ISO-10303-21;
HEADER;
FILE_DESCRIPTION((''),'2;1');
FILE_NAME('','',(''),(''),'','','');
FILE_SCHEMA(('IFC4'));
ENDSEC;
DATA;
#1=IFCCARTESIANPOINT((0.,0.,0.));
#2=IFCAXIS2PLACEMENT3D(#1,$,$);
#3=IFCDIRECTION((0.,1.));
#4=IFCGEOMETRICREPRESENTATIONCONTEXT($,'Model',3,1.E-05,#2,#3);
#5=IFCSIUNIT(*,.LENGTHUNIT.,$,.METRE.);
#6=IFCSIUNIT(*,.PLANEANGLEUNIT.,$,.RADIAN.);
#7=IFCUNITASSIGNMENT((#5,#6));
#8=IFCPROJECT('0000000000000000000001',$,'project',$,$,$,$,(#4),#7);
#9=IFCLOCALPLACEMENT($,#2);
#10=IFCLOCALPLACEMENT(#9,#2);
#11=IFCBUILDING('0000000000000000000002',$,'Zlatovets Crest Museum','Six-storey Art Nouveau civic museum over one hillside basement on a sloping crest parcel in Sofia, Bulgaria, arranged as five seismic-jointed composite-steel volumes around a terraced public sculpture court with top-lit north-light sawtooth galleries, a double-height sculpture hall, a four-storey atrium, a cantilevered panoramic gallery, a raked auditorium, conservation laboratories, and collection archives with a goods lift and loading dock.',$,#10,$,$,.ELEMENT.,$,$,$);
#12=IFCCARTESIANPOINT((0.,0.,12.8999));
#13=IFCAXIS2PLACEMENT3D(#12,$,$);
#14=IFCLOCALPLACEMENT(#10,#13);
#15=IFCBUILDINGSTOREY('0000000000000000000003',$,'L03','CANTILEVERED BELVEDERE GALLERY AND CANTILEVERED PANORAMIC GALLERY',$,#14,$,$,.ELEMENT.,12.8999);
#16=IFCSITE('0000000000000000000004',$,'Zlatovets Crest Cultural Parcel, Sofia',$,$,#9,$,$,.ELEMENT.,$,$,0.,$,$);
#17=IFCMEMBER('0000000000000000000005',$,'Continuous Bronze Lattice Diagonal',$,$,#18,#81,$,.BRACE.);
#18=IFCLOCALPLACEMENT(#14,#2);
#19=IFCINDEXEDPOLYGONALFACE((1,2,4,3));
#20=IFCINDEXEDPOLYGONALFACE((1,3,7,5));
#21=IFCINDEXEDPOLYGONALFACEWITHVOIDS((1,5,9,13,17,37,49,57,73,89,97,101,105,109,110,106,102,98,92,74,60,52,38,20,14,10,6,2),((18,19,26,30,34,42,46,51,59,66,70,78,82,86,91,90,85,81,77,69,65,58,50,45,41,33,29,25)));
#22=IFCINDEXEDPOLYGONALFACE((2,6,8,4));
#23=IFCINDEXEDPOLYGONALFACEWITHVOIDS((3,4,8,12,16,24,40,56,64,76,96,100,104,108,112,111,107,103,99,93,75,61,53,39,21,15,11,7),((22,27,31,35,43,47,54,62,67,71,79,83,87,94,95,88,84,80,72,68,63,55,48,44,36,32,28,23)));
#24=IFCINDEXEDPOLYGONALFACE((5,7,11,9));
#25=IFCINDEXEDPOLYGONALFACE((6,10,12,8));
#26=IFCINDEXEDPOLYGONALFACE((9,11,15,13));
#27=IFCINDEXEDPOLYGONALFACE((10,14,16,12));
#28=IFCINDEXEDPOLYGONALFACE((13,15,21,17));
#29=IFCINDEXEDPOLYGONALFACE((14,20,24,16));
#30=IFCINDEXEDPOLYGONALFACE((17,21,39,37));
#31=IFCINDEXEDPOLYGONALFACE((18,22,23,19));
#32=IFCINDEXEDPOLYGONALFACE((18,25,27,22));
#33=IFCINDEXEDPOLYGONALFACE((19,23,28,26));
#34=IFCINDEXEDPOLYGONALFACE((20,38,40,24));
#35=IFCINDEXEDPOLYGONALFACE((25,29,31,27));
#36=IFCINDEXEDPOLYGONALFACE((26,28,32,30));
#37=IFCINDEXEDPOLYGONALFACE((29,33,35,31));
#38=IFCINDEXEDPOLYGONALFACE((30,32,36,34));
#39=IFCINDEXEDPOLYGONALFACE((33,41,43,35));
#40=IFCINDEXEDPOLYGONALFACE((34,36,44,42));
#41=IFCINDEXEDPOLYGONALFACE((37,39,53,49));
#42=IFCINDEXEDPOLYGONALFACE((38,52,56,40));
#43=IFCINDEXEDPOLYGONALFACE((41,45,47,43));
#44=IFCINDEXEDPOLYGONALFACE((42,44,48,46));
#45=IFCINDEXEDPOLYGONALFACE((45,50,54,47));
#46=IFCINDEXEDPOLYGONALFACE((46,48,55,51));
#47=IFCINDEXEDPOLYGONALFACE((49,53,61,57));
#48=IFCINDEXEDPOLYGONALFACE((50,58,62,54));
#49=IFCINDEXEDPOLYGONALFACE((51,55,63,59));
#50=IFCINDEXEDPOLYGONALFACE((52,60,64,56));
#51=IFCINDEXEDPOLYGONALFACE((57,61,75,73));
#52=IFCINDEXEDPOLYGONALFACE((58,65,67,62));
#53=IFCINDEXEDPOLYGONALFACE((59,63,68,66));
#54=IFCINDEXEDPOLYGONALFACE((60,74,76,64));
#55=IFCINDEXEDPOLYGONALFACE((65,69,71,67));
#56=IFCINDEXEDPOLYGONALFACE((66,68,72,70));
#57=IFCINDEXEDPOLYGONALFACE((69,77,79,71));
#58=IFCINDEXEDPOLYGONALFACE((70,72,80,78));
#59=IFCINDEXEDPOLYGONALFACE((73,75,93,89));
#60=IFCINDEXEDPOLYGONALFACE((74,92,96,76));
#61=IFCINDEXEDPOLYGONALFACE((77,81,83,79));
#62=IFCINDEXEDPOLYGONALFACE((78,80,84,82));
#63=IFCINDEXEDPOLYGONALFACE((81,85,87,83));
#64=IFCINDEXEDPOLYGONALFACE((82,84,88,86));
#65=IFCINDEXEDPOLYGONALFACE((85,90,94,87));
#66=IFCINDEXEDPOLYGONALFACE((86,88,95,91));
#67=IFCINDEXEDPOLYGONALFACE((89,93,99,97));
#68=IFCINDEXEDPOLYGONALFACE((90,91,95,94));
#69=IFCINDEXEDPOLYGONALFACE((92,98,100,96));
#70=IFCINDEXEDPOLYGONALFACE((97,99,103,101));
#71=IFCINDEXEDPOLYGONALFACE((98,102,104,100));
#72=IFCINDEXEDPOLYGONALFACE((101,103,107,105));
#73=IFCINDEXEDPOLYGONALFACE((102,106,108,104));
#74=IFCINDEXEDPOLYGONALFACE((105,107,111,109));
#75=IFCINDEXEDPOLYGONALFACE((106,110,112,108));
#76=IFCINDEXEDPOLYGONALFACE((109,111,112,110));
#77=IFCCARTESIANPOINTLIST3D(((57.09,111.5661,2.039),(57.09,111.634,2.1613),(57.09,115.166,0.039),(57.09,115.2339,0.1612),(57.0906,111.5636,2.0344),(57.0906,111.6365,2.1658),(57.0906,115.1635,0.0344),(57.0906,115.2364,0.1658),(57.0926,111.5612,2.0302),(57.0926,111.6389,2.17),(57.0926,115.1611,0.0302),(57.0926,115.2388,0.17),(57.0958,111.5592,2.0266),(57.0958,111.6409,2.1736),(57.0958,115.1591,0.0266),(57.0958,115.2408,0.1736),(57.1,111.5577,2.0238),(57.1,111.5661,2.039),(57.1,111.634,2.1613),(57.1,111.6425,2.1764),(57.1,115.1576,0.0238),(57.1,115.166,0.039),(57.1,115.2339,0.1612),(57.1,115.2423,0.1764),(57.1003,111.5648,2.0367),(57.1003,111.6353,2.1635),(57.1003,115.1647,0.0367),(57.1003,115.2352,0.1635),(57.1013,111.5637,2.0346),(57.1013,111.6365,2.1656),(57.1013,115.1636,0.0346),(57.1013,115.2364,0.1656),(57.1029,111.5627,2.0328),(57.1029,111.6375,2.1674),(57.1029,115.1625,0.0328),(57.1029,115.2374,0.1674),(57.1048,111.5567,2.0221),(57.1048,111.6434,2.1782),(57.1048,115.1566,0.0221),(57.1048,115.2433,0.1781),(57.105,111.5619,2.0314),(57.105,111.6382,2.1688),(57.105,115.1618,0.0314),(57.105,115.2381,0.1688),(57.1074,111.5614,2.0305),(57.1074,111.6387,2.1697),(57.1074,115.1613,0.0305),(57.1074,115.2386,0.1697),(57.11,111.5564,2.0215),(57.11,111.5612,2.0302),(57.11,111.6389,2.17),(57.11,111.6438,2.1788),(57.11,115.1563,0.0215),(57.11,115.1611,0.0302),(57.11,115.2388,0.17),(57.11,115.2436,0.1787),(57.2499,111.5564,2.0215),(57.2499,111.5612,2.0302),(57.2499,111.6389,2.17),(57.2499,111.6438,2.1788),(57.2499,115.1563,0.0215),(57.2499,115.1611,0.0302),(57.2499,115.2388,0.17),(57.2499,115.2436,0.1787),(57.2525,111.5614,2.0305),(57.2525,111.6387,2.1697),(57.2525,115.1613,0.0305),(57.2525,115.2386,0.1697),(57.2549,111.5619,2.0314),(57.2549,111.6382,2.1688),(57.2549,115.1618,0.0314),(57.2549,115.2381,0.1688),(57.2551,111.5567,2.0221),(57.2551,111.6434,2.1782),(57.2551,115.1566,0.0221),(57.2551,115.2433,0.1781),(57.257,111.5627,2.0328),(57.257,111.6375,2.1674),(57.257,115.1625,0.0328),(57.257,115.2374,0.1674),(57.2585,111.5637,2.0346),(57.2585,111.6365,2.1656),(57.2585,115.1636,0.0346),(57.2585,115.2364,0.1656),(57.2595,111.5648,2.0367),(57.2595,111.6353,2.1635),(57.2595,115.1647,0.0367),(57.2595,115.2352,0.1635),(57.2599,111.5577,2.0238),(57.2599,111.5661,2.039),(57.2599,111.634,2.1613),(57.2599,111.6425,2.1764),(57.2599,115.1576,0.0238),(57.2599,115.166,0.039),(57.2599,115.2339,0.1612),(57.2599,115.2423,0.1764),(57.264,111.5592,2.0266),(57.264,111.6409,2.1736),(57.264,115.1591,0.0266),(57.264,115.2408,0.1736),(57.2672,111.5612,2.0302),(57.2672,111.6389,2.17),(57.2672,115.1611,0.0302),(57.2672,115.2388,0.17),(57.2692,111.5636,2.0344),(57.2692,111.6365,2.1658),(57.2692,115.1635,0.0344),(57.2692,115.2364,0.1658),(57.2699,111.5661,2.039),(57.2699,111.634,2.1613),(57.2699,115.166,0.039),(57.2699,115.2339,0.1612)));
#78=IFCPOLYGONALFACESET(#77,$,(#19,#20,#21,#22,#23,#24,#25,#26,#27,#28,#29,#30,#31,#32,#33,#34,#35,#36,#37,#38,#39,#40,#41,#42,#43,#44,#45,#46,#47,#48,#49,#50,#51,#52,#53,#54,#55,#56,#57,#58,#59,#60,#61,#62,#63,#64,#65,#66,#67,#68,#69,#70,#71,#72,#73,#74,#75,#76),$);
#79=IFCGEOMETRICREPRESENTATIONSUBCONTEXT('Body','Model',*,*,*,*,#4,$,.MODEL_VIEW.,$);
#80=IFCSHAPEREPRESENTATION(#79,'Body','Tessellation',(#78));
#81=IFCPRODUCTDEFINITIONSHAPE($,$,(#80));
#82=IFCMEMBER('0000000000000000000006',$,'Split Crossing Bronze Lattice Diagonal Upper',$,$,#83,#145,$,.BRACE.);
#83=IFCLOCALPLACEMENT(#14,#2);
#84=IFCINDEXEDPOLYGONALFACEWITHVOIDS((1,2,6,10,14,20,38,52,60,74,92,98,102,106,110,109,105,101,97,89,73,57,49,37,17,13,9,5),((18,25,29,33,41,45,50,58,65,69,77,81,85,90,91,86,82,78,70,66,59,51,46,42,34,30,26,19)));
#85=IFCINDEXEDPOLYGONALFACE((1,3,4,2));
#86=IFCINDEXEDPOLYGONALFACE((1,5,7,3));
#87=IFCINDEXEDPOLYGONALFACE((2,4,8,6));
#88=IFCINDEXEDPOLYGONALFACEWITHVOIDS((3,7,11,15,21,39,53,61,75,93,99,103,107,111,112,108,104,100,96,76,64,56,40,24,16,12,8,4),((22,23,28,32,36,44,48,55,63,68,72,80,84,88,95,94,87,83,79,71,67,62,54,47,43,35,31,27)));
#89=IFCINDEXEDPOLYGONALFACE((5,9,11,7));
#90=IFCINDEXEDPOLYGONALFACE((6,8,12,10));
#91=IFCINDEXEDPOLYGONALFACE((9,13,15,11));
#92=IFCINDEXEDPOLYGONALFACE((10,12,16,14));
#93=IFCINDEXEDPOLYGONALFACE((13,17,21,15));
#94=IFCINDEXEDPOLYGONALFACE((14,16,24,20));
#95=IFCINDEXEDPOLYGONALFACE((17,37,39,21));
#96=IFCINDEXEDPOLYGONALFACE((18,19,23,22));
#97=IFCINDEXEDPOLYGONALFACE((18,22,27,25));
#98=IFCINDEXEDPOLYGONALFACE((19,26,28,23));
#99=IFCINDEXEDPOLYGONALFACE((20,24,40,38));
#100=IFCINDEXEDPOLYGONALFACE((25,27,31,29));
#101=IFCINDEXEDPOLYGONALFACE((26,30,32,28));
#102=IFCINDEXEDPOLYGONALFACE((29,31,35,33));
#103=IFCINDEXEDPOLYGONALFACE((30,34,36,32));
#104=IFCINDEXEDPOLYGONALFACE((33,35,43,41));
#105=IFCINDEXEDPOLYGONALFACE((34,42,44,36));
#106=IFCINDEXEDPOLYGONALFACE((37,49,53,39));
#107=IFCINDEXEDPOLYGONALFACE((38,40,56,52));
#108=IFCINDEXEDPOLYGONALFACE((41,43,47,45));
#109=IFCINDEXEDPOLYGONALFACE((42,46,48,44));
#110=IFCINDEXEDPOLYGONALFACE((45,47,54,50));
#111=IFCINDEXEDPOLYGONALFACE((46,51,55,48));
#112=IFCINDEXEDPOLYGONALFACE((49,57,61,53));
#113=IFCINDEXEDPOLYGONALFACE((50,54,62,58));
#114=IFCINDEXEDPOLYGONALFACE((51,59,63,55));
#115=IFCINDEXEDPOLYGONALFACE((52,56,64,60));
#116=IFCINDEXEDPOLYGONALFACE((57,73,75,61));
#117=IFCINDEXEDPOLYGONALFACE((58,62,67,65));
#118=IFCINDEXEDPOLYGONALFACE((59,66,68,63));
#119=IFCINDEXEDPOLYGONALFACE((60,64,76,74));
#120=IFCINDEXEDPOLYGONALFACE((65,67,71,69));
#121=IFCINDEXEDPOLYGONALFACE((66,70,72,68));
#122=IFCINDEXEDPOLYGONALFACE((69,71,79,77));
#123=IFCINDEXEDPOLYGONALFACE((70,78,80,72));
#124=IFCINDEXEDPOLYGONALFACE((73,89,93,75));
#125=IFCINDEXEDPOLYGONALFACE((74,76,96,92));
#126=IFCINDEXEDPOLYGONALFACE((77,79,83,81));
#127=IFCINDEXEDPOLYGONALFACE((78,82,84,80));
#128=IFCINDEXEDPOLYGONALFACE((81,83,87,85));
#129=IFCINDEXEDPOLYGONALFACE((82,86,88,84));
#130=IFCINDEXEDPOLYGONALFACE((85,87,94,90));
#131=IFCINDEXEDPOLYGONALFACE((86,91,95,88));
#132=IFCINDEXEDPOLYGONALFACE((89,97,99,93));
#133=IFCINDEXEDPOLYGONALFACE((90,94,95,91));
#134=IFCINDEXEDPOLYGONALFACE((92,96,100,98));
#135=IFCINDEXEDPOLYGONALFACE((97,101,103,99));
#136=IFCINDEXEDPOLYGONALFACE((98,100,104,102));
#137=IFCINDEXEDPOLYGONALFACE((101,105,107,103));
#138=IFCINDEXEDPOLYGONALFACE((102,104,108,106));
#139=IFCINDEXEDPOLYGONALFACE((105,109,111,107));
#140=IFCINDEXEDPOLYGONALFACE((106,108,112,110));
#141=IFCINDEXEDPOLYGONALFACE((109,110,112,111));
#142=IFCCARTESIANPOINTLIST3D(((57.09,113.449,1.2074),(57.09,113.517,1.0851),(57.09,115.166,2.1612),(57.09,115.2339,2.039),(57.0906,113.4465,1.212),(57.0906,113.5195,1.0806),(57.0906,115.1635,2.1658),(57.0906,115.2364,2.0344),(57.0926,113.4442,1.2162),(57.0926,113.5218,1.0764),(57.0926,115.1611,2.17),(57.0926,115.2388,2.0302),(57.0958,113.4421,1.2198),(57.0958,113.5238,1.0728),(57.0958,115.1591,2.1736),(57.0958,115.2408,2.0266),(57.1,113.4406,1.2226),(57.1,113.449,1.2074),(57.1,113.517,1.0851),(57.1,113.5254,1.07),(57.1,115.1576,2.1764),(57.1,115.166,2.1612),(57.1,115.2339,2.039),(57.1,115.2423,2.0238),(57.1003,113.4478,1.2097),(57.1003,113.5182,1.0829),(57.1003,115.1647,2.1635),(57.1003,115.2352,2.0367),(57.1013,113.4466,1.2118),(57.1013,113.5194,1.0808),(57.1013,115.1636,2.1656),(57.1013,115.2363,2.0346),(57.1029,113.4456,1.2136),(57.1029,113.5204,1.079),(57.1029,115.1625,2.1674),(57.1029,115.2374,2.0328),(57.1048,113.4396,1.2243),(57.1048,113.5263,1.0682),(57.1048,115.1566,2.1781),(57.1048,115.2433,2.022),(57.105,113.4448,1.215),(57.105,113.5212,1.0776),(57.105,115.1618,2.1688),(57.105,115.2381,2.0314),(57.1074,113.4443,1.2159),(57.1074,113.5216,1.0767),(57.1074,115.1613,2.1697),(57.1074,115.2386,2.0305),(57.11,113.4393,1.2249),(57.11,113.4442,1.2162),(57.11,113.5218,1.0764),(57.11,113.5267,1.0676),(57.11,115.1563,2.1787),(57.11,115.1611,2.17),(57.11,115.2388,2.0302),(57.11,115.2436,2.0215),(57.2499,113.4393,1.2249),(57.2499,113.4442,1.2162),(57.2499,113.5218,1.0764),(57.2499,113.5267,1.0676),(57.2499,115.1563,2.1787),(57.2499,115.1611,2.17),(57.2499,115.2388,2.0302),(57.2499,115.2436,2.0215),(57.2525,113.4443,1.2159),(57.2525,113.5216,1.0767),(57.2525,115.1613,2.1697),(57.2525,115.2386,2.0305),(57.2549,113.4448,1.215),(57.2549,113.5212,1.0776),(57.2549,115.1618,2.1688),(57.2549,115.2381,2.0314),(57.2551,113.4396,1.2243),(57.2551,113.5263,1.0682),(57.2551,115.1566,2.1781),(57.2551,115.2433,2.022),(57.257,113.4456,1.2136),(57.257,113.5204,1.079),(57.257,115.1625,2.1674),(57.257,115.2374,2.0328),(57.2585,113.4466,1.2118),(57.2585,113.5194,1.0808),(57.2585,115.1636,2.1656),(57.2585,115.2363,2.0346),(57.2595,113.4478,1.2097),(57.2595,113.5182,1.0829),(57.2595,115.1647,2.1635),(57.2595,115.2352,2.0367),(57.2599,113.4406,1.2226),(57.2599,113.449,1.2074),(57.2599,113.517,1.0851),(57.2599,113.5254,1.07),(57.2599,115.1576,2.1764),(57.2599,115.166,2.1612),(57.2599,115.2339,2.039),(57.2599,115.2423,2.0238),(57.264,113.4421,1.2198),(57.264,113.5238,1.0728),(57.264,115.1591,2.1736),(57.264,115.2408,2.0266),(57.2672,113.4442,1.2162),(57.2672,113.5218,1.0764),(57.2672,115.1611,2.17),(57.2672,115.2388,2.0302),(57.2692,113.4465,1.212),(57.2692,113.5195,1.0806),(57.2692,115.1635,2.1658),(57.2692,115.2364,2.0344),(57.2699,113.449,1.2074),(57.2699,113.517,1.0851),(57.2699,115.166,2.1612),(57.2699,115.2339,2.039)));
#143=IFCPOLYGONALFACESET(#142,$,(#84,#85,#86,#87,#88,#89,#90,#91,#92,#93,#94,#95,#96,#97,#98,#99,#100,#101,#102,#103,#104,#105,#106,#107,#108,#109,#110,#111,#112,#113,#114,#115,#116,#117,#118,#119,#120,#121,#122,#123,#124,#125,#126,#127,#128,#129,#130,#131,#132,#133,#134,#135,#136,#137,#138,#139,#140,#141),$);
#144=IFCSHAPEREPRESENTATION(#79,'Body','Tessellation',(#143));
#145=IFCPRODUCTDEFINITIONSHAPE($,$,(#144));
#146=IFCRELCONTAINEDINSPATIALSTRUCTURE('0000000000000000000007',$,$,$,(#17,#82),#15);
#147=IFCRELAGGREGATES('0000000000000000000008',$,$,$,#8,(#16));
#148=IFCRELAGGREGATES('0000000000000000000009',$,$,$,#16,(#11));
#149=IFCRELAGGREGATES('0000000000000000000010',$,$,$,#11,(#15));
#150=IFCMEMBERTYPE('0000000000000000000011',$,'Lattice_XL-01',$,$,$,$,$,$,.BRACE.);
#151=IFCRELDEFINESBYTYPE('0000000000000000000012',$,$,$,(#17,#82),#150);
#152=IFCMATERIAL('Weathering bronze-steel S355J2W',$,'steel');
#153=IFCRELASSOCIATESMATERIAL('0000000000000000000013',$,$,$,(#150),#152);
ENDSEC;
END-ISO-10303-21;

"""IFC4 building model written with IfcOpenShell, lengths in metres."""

from ifc_helpers import new_model, si_unit, direction, frame, origin, origin_2d, place, context, subcontext, project, spatial, hollow_rectangle, extrude, material, material_profile, profile_set, type_object, element, save


model = new_model("IFC4")

# Units and contexts
model_context = context("Model", 3, precision=1e-05, world=origin(), true_north=direction((0.0, 1.0)))
body_context = subcontext(model_context, "Body", "Model", "MODEL_VIEW")
ifc_project = project(units=[si_unit("LENGTHUNIT", "METRE"), si_unit("PLANEANGLEUNIT", "RADIAN")], contexts=[model_context])

# Site, building, storey
site_placement = place(None, origin())
site = spatial("IfcSite", under=ifc_project, at=site_placement, Name="Zlatovets Crest Cultural Parcel, Sofia", CompositionType="ELEMENT", RefElevation=0.0)
building_placement = place(site_placement, origin())
building = spatial("IfcBuilding", under=site, at=building_placement, Name="Zlatovets Crest Museum", Description="Six-storey Art Nouveau civic museum over one hillside basement on a sloping crest parcel in Sofia, Bulgaria, arranged as five seismic-jointed composite-steel volumes around a terraced public sculpture court with top-lit north-light sawtooth galleries, a double-height sculpture hall, a four-storey atrium, a cantilevered panoramic gallery, a raked auditorium, conservation laboratories, and collection archives with a goods lift and loading dock.", CompositionType="ELEMENT")
storey_placement = place(building_placement, frame((0.0, 0.0, 12.8999)))
storey = spatial("IfcBuildingStorey", under=building, at=storey_placement, Name="L03", Description="CANTILEVERED BELVEDERE GALLERY AND CANTILEVERED PANORAMIC GALLERY", CompositionType="ELEMENT", Elevation=12.8999)

# Members
ifc_material_1 = material(Name="Weathering bronze-steel S355J2W", Category="steel")
ifc_material_profile_1 = material_profile(ifc_material_1, hollow_rectangle(XDim=0.1799, YDim=0.1799, WallThickness=0.01, InnerFilletRadius=0.01, OuterFilletRadius=0.02, at=origin_2d()), Name="SHS 180x180x10.0")
ifc_profile_set_1 = profile_set([ifc_material_profile_1], Name="Weathering bronze-steel S355J2W")
member_type_1 = type_object("IfcMemberType", Name="Lattice_XL-01", PredefinedType="BRACE", material=ifc_profile_set_1)
member_1_placement = place(storey_placement, frame((57.1799, 115.2, 0.1001), z_axis=(0.0, -0.874149, 0.485658), x_axis=(1.0, 0.0, 0.0)))
element("IfcMember", 1, at=member_1_placement, inside=storey, type_object=member_type_1, Name="Continuous Bronze Lattice Diagonal", PredefinedType="BRACE", context=body_context, shape_type="SweptSolid", body=[
    extrude(hollow_rectangle(XDim=0.1799, YDim=0.1799, WallThickness=0.01, InnerFilletRadius=0.01, OuterFilletRadius=0.02, at=origin_2d()), origin(), (0.0, 0.0, 1.0), 4.1182),
])
member_2_placement = place(storey_placement, frame((57.1799, 115.2, 2.1001), z_axis=(0.0, -0.874169, -0.485622), x_axis=(1.0, 0.0, 0.0)))
element("IfcMember", 2, at=member_2_placement, inside=storey, type_object=member_type_1, Name="Split Crossing Bronze Lattice Diagonal Upper", PredefinedType="BRACE", context=body_context, shape_type="SweptSolid", body=[
    extrude(hollow_rectangle(XDim=0.1799, YDim=0.1799, WallThickness=0.01, InnerFilletRadius=0.01, OuterFilletRadius=0.02, at=origin_2d()), origin(), (0.0, 0.0, 1.0), 1.9641),
])

save(model, "model.ifc")
